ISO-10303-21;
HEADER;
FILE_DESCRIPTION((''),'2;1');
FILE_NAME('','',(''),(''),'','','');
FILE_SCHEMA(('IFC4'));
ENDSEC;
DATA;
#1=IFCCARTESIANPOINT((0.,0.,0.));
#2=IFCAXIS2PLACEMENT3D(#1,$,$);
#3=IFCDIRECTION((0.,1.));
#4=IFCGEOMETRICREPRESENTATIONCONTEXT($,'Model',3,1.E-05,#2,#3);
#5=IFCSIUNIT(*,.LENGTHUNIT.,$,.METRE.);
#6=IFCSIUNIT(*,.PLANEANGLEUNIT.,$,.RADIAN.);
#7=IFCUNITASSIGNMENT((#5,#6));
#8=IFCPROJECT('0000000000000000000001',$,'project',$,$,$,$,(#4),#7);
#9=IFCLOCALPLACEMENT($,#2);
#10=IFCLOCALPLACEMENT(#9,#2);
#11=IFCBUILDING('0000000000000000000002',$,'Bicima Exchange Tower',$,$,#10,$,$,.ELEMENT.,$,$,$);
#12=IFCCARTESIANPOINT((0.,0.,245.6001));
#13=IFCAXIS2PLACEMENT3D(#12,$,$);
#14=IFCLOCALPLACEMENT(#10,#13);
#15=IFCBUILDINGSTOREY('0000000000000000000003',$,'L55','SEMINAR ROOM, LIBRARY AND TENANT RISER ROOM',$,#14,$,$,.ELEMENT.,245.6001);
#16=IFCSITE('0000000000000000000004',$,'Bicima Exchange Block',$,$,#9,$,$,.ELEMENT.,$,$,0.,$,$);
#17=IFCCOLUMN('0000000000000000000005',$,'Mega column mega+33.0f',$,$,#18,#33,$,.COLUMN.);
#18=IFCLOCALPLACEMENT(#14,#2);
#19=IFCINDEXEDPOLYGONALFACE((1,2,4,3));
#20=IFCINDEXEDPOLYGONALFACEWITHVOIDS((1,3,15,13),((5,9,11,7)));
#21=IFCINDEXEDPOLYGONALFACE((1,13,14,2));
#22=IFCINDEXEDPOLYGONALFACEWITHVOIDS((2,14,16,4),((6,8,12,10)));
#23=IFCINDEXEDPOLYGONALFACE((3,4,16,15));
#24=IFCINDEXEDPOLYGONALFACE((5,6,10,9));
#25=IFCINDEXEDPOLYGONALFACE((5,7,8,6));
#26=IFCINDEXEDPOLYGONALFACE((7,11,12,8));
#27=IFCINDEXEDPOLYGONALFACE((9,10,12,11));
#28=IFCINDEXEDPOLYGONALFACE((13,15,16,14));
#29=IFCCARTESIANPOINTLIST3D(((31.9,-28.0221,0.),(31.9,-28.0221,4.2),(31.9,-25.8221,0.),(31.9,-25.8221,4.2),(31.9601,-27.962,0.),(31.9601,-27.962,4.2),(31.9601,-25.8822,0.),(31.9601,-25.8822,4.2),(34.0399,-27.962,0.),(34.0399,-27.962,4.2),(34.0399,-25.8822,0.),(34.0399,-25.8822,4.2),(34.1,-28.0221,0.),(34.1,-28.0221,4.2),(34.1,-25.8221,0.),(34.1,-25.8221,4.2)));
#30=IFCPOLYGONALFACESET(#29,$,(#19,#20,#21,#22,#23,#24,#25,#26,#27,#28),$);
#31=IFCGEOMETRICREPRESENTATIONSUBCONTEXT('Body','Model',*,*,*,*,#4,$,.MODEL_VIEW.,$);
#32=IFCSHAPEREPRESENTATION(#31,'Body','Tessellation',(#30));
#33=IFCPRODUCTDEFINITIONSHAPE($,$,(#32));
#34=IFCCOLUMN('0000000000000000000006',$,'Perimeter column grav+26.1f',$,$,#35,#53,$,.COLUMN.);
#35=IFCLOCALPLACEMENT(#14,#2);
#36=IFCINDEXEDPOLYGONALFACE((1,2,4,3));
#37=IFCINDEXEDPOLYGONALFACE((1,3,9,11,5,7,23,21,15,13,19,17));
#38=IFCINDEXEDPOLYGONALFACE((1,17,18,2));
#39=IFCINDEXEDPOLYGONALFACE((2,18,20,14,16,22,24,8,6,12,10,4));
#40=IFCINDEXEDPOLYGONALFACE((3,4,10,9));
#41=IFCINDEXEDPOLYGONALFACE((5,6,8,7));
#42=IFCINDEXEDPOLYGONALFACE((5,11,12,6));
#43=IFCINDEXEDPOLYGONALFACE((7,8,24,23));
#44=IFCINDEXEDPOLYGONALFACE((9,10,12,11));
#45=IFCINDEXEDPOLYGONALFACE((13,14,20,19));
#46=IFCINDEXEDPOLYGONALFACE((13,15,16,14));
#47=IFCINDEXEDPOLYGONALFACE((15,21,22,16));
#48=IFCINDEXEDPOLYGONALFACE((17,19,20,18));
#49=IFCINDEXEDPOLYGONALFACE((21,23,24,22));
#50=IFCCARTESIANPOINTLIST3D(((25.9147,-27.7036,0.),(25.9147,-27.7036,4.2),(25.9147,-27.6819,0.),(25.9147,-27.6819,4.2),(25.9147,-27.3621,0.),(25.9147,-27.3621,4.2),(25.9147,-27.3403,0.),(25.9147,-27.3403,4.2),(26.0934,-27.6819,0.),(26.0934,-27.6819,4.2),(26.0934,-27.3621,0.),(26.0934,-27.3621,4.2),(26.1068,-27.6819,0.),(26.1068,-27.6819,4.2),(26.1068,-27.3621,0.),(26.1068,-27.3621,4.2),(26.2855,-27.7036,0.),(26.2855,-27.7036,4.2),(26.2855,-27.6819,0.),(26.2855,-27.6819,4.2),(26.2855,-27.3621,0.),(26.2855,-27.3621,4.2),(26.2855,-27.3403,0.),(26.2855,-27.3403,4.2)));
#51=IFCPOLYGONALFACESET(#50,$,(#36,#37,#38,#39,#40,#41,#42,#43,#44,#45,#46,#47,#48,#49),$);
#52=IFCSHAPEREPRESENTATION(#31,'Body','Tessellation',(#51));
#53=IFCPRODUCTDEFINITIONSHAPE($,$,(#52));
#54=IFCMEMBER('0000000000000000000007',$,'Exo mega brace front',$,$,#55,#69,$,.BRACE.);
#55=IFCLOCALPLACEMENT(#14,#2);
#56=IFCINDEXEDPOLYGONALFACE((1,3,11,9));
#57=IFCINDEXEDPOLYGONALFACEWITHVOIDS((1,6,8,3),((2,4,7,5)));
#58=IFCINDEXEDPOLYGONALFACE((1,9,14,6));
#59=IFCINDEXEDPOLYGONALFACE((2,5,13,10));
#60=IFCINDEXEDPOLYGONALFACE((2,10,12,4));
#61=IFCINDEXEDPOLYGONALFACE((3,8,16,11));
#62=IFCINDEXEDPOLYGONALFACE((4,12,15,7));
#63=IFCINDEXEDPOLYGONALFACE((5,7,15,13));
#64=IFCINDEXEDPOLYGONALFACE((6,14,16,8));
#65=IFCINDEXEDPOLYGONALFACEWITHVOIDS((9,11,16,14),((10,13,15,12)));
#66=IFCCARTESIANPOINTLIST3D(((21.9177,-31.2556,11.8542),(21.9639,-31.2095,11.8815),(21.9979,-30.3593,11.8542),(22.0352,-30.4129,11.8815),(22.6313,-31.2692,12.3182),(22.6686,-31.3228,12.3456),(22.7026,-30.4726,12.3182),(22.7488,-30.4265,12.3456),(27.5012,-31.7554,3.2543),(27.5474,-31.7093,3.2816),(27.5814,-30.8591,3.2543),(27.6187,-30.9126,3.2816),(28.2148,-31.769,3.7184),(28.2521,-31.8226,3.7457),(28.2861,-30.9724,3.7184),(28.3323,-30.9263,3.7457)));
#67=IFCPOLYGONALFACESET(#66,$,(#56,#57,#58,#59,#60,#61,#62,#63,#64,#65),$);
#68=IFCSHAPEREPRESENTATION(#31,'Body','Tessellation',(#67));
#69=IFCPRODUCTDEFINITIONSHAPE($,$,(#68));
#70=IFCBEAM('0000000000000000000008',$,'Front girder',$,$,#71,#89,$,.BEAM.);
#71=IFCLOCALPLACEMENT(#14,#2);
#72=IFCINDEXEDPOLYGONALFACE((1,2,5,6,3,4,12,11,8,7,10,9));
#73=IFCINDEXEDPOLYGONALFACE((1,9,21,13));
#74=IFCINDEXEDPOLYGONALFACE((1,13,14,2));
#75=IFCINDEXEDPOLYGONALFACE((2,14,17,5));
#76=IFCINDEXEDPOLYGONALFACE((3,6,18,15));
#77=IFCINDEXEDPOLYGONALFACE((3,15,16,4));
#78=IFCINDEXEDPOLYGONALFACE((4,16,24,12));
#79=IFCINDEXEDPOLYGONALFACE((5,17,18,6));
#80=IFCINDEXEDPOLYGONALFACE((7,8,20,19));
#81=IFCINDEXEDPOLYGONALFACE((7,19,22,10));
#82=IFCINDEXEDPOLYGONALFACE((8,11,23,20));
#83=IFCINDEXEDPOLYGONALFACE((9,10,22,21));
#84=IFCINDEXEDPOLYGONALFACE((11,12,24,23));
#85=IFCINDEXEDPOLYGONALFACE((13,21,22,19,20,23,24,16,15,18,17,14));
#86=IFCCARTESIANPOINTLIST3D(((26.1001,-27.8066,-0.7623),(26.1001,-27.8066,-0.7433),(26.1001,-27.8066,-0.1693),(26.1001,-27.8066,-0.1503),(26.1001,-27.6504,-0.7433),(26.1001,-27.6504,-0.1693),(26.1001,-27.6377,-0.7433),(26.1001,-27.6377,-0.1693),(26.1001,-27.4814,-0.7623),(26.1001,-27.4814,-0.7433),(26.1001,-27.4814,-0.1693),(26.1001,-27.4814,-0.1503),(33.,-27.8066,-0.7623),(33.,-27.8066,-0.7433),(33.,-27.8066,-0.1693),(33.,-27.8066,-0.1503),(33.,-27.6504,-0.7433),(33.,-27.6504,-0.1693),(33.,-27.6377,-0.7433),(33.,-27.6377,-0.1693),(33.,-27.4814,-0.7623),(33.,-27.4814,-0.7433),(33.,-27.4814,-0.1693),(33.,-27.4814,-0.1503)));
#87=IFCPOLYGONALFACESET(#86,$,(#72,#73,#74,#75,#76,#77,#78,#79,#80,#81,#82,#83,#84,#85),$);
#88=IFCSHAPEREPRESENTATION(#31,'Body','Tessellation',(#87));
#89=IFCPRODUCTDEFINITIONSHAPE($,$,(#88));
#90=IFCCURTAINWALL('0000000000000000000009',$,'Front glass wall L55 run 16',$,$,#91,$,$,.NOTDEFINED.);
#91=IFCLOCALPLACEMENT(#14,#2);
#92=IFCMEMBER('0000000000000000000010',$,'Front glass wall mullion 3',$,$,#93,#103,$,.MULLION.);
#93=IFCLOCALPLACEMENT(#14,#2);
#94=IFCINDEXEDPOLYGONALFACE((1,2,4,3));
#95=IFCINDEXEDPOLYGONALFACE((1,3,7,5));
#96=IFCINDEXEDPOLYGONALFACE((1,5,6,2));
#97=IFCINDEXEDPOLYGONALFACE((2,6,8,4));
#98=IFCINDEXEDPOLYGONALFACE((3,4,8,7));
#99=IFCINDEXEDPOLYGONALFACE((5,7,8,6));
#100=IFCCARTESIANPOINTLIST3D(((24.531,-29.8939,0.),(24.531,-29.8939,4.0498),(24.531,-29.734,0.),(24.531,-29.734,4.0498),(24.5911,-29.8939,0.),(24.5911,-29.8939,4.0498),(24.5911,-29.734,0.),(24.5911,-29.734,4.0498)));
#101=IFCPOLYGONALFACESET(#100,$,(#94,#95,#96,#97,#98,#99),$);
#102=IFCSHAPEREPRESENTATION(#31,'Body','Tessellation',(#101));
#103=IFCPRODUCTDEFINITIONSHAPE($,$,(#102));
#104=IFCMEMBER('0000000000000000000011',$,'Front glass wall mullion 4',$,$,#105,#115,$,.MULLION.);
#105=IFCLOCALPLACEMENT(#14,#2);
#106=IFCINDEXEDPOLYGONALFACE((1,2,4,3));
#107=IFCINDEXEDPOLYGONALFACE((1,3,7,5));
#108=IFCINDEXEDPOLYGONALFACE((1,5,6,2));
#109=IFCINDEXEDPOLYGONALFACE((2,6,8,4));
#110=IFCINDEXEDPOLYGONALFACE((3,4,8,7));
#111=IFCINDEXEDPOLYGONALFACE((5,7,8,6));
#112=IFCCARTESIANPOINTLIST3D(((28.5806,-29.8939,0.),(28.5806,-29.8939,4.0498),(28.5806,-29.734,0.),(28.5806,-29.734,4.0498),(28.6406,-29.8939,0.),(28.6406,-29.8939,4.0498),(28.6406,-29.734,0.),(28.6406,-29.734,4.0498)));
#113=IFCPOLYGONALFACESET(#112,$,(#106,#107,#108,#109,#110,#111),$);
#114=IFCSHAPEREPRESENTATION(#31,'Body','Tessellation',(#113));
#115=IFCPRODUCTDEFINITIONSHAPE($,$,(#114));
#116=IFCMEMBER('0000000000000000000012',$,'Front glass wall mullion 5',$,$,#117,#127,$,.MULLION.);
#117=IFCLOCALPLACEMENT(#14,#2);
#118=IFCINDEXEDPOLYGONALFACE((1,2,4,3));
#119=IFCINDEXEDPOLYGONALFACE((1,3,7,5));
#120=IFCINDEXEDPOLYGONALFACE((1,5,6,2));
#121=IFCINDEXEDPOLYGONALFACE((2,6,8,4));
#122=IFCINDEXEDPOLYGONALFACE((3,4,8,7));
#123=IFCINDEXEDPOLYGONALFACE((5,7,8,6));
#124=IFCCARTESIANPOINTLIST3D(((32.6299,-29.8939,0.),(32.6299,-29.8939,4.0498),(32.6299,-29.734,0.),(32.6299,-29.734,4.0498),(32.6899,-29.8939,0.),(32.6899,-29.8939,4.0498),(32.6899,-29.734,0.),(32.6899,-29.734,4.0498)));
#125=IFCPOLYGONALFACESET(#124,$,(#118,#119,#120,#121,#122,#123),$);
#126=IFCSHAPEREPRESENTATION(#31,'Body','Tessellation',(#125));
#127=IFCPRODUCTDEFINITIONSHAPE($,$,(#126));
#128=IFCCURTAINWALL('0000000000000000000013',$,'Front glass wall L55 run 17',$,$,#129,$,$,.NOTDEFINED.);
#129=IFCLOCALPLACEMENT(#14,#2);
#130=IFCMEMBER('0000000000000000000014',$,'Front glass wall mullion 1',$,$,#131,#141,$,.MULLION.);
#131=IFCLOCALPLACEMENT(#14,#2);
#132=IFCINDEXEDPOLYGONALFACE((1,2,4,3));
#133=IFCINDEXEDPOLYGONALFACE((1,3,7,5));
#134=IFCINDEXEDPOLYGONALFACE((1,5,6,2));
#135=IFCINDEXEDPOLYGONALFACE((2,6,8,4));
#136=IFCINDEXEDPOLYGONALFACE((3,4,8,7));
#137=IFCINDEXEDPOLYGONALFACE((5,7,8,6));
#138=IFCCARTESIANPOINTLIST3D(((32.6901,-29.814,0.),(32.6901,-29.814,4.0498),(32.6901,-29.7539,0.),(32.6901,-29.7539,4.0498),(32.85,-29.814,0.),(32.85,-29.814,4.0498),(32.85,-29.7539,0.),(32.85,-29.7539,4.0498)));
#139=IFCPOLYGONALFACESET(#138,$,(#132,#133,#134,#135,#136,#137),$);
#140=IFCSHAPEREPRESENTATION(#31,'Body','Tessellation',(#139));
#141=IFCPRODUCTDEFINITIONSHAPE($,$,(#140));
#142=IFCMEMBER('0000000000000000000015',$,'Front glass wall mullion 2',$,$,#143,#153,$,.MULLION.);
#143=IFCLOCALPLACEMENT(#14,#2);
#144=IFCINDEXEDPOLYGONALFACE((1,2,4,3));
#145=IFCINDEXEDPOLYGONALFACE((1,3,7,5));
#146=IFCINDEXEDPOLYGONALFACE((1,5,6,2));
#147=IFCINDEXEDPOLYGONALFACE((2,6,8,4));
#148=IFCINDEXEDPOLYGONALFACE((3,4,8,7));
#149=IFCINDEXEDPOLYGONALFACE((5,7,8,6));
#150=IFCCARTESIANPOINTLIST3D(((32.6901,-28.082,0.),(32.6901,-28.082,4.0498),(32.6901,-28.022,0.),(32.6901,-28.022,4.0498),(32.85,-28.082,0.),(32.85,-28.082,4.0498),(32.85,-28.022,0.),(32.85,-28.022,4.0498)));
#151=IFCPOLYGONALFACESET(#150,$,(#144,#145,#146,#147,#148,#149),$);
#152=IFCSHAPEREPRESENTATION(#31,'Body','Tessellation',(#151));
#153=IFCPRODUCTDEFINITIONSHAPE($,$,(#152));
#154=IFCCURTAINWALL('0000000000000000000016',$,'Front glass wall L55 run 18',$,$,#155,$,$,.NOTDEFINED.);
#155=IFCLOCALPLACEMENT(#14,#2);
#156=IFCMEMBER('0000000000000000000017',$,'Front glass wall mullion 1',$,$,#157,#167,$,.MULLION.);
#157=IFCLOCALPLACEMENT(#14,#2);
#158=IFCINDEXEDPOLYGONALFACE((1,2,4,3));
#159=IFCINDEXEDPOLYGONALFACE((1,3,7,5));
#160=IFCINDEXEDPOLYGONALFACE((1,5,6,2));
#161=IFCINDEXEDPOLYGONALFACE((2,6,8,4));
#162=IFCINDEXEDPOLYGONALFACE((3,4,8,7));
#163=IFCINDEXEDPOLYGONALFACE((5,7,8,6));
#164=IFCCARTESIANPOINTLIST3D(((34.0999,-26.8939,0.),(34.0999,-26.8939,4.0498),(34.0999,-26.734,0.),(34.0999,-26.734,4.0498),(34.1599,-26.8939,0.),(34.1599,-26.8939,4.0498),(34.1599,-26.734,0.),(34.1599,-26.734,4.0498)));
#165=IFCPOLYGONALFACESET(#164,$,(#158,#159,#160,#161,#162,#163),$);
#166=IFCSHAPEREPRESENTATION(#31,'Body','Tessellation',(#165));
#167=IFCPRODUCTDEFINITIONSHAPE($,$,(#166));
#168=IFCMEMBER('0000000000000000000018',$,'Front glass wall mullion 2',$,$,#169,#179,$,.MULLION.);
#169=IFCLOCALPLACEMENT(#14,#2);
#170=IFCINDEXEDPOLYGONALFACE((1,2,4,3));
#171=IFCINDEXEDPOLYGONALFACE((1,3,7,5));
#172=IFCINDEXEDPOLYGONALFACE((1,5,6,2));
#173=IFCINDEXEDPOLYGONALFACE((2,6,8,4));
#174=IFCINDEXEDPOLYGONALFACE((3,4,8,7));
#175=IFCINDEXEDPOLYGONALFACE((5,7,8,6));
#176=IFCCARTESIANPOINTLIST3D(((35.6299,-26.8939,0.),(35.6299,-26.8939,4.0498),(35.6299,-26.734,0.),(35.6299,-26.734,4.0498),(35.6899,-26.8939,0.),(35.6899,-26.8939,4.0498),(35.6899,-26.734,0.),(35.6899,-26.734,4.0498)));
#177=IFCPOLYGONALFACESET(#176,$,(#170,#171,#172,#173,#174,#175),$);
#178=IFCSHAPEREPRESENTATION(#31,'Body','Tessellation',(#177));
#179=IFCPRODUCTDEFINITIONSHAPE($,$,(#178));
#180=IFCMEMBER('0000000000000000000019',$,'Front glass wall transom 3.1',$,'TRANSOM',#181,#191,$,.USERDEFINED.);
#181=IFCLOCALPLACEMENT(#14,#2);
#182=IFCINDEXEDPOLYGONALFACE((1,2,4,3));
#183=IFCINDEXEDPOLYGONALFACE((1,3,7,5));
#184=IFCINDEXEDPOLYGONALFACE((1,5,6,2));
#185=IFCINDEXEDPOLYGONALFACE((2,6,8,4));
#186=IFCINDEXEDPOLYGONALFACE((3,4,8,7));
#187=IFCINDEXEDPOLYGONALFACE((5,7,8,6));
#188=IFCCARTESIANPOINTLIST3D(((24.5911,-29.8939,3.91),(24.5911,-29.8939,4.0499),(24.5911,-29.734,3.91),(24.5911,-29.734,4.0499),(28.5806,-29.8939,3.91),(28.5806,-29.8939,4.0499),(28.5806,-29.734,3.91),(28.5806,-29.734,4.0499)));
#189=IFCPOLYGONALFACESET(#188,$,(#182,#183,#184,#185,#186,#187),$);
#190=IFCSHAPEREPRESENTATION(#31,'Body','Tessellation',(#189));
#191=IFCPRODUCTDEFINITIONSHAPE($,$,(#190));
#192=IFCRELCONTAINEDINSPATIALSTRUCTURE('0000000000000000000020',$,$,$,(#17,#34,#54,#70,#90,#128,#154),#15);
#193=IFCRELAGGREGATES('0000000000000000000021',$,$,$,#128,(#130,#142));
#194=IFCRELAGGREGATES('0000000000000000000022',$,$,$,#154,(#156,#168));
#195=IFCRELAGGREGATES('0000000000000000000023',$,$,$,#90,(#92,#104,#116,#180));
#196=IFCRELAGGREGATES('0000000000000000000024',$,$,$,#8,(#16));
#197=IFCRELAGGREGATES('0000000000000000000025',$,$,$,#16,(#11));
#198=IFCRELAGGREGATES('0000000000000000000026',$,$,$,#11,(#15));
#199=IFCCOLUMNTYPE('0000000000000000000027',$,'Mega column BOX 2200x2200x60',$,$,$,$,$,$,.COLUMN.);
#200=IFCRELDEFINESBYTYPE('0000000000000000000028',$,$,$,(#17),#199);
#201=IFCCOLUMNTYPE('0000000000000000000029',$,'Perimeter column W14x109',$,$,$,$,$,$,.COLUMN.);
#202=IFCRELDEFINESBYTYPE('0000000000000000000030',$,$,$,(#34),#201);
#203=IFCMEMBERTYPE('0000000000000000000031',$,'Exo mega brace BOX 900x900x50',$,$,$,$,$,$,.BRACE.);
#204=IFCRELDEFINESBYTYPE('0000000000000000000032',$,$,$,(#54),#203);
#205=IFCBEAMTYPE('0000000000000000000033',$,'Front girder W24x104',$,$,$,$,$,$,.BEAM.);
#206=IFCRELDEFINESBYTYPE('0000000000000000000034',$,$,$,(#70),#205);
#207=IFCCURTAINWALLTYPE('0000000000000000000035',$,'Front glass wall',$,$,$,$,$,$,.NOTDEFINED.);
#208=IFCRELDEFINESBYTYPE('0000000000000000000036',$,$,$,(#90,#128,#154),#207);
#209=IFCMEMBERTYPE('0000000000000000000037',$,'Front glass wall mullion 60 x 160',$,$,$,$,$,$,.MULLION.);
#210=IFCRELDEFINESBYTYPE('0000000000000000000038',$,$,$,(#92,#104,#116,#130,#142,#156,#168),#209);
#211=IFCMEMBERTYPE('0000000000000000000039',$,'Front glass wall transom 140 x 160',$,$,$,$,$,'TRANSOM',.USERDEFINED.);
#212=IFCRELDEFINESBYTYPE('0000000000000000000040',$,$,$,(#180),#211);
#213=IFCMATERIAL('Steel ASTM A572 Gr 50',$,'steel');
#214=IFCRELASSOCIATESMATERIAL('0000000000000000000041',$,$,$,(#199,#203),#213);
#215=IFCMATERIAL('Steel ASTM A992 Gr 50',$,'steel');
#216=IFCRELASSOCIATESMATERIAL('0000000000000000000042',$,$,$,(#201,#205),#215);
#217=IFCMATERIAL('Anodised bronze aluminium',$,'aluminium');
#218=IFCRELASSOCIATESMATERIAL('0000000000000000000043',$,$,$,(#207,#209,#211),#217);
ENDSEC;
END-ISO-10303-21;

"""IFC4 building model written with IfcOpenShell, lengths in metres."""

from ifc_helpers import new_model, si_unit, direction, frame, origin, origin_2d, place, context, subcontext, project, spatial, rectangle, hollow_rectangle, i_section, extrude, material, material_profile, profile_set, type_object, element, aggregate, save


model = new_model("IFC4")

# Units and contexts
model_context = context("Model", 3, precision=1e-05, world=origin(), true_north=direction((0.0, 1.0)))
body_context = subcontext(model_context, "Body", "Model", "MODEL_VIEW")
ifc_project = project(units=[si_unit("LENGTHUNIT", "METRE"), si_unit("PLANEANGLEUNIT", "RADIAN")], contexts=[model_context])

# Site, building, storey
site_placement = place(None, origin())
site = spatial("IfcSite", under=ifc_project, at=site_placement, Name="Bicima Exchange Block", CompositionType="ELEMENT", RefElevation=0.0)
building_placement = place(site_placement, origin())
building = spatial("IfcBuilding", under=site, at=building_placement, Name="Bicima Exchange Tower", CompositionType="ELEMENT")
storey_placement = place(building_placement, frame((0.0, 0.0, 245.6001)))
storey = spatial("IfcBuildingStorey", under=building, at=storey_placement, Name="L55", Description="SEMINAR ROOM, LIBRARY AND TENANT RISER ROOM", CompositionType="ELEMENT", Elevation=245.6001)

# Columns
ifc_material_1 = material(Name="Steel ASTM A572 Gr 50", Category="steel")
ifc_material_profile_1 = material_profile(ifc_material_1, hollow_rectangle(XDim=2.2, YDim=2.2, WallThickness=0.0601, at=origin_2d()))
ifc_profile_set_1 = profile_set([ifc_material_profile_1], Name="Steel ASTM A572 Gr 50")
column_type_1 = type_object("IfcColumnType", Name="Mega column BOX 2200x2200x60", PredefinedType="COLUMN", material=ifc_profile_set_1)
column_1_placement = place(storey_placement, frame((33.0, -26.9221, 0.0), z_axis=(0.0, 0.0, 1.0), x_axis=(1.0, 0.0, 0.0)))
element("IfcColumn", 1, at=column_1_placement, inside=storey, type_object=column_type_1, Name="Mega column mega+33.0f", PredefinedType="COLUMN", context=body_context, shape_type="SweptSolid", body=[
    extrude(hollow_rectangle(XDim=2.2, YDim=2.2, WallThickness=0.0601, at=origin_2d()), origin(), (0.0, 0.0, 1.0), 4.2),
])
ifc_material_2 = material(Name="Steel ASTM A992 Gr 50", Category="steel")
ifc_material_profile_2 = material_profile(ifc_material_2, i_section(OverallWidth=0.3708, OverallDepth=0.3633, WebThickness=0.0134, FlangeThickness=0.0217, at=origin_2d()))
ifc_profile_set_2 = profile_set([ifc_material_profile_2], Name="Steel ASTM A992 Gr 50")
column_type_2 = type_object("IfcColumnType", Name="Perimeter column W14x109", PredefinedType="COLUMN", material=ifc_profile_set_2)
column_2_placement = place(storey_placement, frame((26.1001, -27.522, 0.0), z_axis=(0.0, 0.0, 1.0), x_axis=(1.0, 0.0, 0.0)))
element("IfcColumn", 2, at=column_2_placement, inside=storey, type_object=column_type_2, Name="Perimeter column grav+26.1f", PredefinedType="COLUMN", context=body_context, shape_type="SweptSolid", body=[
    extrude(i_section(OverallWidth=0.3708, OverallDepth=0.3633, WebThickness=0.0134, FlangeThickness=0.0217, at=origin_2d()), origin(), (0.0, 0.0, 1.0), 4.2),
])

# Member
ifc_material_profile_3 = material_profile(ifc_material_1, hollow_rectangle(XDim=0.8999, YDim=0.8999, WallThickness=0.05, at=origin_2d()))
ifc_profile_set_3 = profile_set([ifc_material_profile_3], Name="Steel ASTM A572 Gr 50")
member_type_1 = type_object("IfcMemberType", Name="Exo mega brace BOX 900x900x50", PredefinedType="BRACE", material=ifc_profile_set_3)
member_1_placement = place(storey_placement, frame((27.9167, -31.3408, 3.5), z_axis=(-0.543903, 0.048683, 0.837735), x_axis=(-0.08915, -0.996018, 0.0)))
element("IfcMember", 3, at=member_1_placement, inside=storey, type_object=member_type_1, Name="Exo mega brace front", PredefinedType="BRACE", context=body_context, shape_type="SweptSolid", body=[
    extrude(hollow_rectangle(XDim=0.8999, YDim=0.8999, WallThickness=0.05, at=origin_2d()), origin(), (0.0, 0.0, 1.0), 10.2656),
])

# Beam
ifc_material_profile_4 = material_profile(ifc_material_2, i_section(OverallWidth=0.3252, OverallDepth=0.6121, WebThickness=0.0127, FlangeThickness=0.019, at=origin_2d()))
ifc_profile_set_4 = profile_set([ifc_material_profile_4], Name="Steel ASTM A992 Gr 50")
beam_type = type_object("IfcBeamType", Name="Front girder W24x104", PredefinedType="BEAM", material=ifc_profile_set_4)
beam_placement = place(storey_placement, frame((26.1001, -27.644, -0.4563), z_axis=(1.0, 0.0, 0.0), x_axis=(0.0, 1.0, 0.0)))
element("IfcBeam", 4, at=beam_placement, inside=storey, type_object=beam_type, Name="Front girder", PredefinedType="BEAM", context=body_context, shape_type="SweptSolid", body=[
    extrude(i_section(OverallWidth=0.3252, OverallDepth=0.6121, WebThickness=0.0127, FlangeThickness=0.019, at=origin_2d()), origin(), (0.0, 0.0, 1.0), 6.8999),
])

# Curtain walls, members
ifc_material_3 = material(Name="Anodised bronze aluminium", Category="aluminium")
curtain_wall_type = type_object("IfcCurtainWallType", Name="Front glass wall", PredefinedType="NOTDEFINED", material=ifc_material_3)
curtain_wall_1_placement = place(storey_placement, origin())
curtain_wall_1 = element("IfcCurtainWall", 5, at=curtain_wall_1_placement, inside=storey, type_object=curtain_wall_type, Name="Front glass wall L55 run 16", PredefinedType="NOTDEFINED")
ifc_material_profile_5 = material_profile(ifc_material_3, rectangle(XDim=0.1599, YDim=0.0601, at=origin_2d()))
ifc_profile_set_5 = profile_set([ifc_material_profile_5], Name="Anodised bronze aluminium")
member_type_2 = type_object("IfcMemberType", Name="Front glass wall mullion 60 x 160", PredefinedType="MULLION", material=ifc_profile_set_5)
member_2_placement = place(storey_placement, frame((24.561, -29.814, 0.0), z_axis=(0.0, 0.0, 1.0), x_axis=(0.0, 1.0, 0.0)))
member_2 = element("IfcMember", 6, at=member_2_placement, type_object=member_type_2, Name="Front glass wall mullion 3", PredefinedType="MULLION", context=body_context, shape_type="SweptSolid", body=[
    extrude(rectangle(XDim=0.1599, YDim=0.0601, at=origin_2d()), origin(), (0.0, 0.0, 1.0), 4.0498),
])
member_3_placement = place(storey_placement, frame((28.6106, -29.814, 0.0), z_axis=(0.0, 0.0, 1.0), x_axis=(0.0, 1.0, 0.0)))
member_3 = element("IfcMember", 7, at=member_3_placement, type_object=member_type_2, Name="Front glass wall mullion 4", PredefinedType="MULLION", context=body_context, shape_type="SweptSolid", body=[
    extrude(rectangle(XDim=0.1599, YDim=0.0601, at=origin_2d()), origin(), (0.0, 0.0, 1.0), 4.0498),
])
member_4_placement = place(storey_placement, frame((32.6599, -29.814, 0.0), z_axis=(0.0, 0.0, 1.0), x_axis=(0.0, 1.0, 0.0)))
member_4 = element("IfcMember", 8, at=member_4_placement, type_object=member_type_2, Name="Front glass wall mullion 5", PredefinedType="MULLION", context=body_context, shape_type="SweptSolid", body=[
    extrude(rectangle(XDim=0.1599, YDim=0.0601, at=origin_2d()), origin(), (0.0, 0.0, 1.0), 4.0498),
])
curtain_wall_2_placement = place(storey_placement, origin())
curtain_wall_2 = element("IfcCurtainWall", 9, at=curtain_wall_2_placement, inside=storey, type_object=curtain_wall_type, Name="Front glass wall L55 run 17", PredefinedType="NOTDEFINED")
member_5_placement = place(storey_placement, frame((32.77, -29.7839, 0.0), z_axis=(0.0, 0.0, 1.0), x_axis=(-1.0, 0.0, 0.0)))
member_5 = element("IfcMember", 10, at=member_5_placement, type_object=member_type_2, Name="Front glass wall mullion 1", PredefinedType="MULLION", context=body_context, shape_type="SweptSolid", body=[
    extrude(rectangle(XDim=0.1599, YDim=0.0601, at=origin_2d()), origin(), (0.0, 0.0, 1.0), 4.0498),
])
member_6_placement = place(storey_placement, frame((32.77, -28.052, 0.0), z_axis=(0.0, 0.0, 1.0), x_axis=(-1.0, 0.0, 0.0)))
member_6 = element("IfcMember", 11, at=member_6_placement, type_object=member_type_2, Name="Front glass wall mullion 2", PredefinedType="MULLION", context=body_context, shape_type="SweptSolid", body=[
    extrude(rectangle(XDim=0.1599, YDim=0.0601, at=origin_2d()), origin(), (0.0, 0.0, 1.0), 4.0498),
])
curtain_wall_3_placement = place(storey_placement, origin())
curtain_wall_3 = element("IfcCurtainWall", 12, at=curtain_wall_3_placement, inside=storey, type_object=curtain_wall_type, Name="Front glass wall L55 run 18", PredefinedType="NOTDEFINED")
member_7_placement = place(storey_placement, frame((34.1299, -26.814, 0.0), z_axis=(0.0, 0.0, 1.0), x_axis=(0.0, 1.0, 0.0)))
member_7 = element("IfcMember", 13, at=member_7_placement, type_object=member_type_2, Name="Front glass wall mullion 1", PredefinedType="MULLION", context=body_context, shape_type="SweptSolid", body=[
    extrude(rectangle(XDim=0.1599, YDim=0.0601, at=origin_2d()), origin(), (0.0, 0.0, 1.0), 4.0498),
])
member_8_placement = place(storey_placement, frame((35.6599, -26.814, 0.0), z_axis=(0.0, 0.0, 1.0), x_axis=(0.0, 1.0, 0.0)))
member_8 = element("IfcMember", 14, at=member_8_placement, type_object=member_type_2, Name="Front glass wall mullion 2", PredefinedType="MULLION", context=body_context, shape_type="SweptSolid", body=[
    extrude(rectangle(XDim=0.1599, YDim=0.0601, at=origin_2d()), origin(), (0.0, 0.0, 1.0), 4.0498),
])

# Member
ifc_material_profile_6 = material_profile(ifc_material_3, rectangle(XDim=0.1599, YDim=0.1399, at=origin_2d()))
ifc_profile_set_6 = profile_set([ifc_material_profile_6], Name="Anodised bronze aluminium")
member_type_3 = type_object("IfcMemberType", Name="Front glass wall transom 140 x 160", ElementType="TRANSOM", PredefinedType="USERDEFINED", material=ifc_profile_set_6)
member_9_placement = place(storey_placement, frame((24.5911, -29.814, 3.98), z_axis=(1.0, 0.0, 0.0), x_axis=(0.0, 1.0, 0.0)))
member_9 = element("IfcMember", 15, at=member_9_placement, type_object=member_type_3, Name="Front glass wall transom 3.1", ObjectType="TRANSOM", PredefinedType="USERDEFINED", context=body_context, shape_type="SweptSolid", body=[
    extrude(rectangle(XDim=0.1599, YDim=0.1399, at=origin_2d()), origin(), (0.0, 0.0, 1.0), 3.9895),
])

aggregate(curtain_wall_2, [member_5, member_6])
aggregate(curtain_wall_3, [member_7, member_8])
aggregate(curtain_wall_1, [member_2, member_3, member_4, member_9])

save(model, "model.ifc")
